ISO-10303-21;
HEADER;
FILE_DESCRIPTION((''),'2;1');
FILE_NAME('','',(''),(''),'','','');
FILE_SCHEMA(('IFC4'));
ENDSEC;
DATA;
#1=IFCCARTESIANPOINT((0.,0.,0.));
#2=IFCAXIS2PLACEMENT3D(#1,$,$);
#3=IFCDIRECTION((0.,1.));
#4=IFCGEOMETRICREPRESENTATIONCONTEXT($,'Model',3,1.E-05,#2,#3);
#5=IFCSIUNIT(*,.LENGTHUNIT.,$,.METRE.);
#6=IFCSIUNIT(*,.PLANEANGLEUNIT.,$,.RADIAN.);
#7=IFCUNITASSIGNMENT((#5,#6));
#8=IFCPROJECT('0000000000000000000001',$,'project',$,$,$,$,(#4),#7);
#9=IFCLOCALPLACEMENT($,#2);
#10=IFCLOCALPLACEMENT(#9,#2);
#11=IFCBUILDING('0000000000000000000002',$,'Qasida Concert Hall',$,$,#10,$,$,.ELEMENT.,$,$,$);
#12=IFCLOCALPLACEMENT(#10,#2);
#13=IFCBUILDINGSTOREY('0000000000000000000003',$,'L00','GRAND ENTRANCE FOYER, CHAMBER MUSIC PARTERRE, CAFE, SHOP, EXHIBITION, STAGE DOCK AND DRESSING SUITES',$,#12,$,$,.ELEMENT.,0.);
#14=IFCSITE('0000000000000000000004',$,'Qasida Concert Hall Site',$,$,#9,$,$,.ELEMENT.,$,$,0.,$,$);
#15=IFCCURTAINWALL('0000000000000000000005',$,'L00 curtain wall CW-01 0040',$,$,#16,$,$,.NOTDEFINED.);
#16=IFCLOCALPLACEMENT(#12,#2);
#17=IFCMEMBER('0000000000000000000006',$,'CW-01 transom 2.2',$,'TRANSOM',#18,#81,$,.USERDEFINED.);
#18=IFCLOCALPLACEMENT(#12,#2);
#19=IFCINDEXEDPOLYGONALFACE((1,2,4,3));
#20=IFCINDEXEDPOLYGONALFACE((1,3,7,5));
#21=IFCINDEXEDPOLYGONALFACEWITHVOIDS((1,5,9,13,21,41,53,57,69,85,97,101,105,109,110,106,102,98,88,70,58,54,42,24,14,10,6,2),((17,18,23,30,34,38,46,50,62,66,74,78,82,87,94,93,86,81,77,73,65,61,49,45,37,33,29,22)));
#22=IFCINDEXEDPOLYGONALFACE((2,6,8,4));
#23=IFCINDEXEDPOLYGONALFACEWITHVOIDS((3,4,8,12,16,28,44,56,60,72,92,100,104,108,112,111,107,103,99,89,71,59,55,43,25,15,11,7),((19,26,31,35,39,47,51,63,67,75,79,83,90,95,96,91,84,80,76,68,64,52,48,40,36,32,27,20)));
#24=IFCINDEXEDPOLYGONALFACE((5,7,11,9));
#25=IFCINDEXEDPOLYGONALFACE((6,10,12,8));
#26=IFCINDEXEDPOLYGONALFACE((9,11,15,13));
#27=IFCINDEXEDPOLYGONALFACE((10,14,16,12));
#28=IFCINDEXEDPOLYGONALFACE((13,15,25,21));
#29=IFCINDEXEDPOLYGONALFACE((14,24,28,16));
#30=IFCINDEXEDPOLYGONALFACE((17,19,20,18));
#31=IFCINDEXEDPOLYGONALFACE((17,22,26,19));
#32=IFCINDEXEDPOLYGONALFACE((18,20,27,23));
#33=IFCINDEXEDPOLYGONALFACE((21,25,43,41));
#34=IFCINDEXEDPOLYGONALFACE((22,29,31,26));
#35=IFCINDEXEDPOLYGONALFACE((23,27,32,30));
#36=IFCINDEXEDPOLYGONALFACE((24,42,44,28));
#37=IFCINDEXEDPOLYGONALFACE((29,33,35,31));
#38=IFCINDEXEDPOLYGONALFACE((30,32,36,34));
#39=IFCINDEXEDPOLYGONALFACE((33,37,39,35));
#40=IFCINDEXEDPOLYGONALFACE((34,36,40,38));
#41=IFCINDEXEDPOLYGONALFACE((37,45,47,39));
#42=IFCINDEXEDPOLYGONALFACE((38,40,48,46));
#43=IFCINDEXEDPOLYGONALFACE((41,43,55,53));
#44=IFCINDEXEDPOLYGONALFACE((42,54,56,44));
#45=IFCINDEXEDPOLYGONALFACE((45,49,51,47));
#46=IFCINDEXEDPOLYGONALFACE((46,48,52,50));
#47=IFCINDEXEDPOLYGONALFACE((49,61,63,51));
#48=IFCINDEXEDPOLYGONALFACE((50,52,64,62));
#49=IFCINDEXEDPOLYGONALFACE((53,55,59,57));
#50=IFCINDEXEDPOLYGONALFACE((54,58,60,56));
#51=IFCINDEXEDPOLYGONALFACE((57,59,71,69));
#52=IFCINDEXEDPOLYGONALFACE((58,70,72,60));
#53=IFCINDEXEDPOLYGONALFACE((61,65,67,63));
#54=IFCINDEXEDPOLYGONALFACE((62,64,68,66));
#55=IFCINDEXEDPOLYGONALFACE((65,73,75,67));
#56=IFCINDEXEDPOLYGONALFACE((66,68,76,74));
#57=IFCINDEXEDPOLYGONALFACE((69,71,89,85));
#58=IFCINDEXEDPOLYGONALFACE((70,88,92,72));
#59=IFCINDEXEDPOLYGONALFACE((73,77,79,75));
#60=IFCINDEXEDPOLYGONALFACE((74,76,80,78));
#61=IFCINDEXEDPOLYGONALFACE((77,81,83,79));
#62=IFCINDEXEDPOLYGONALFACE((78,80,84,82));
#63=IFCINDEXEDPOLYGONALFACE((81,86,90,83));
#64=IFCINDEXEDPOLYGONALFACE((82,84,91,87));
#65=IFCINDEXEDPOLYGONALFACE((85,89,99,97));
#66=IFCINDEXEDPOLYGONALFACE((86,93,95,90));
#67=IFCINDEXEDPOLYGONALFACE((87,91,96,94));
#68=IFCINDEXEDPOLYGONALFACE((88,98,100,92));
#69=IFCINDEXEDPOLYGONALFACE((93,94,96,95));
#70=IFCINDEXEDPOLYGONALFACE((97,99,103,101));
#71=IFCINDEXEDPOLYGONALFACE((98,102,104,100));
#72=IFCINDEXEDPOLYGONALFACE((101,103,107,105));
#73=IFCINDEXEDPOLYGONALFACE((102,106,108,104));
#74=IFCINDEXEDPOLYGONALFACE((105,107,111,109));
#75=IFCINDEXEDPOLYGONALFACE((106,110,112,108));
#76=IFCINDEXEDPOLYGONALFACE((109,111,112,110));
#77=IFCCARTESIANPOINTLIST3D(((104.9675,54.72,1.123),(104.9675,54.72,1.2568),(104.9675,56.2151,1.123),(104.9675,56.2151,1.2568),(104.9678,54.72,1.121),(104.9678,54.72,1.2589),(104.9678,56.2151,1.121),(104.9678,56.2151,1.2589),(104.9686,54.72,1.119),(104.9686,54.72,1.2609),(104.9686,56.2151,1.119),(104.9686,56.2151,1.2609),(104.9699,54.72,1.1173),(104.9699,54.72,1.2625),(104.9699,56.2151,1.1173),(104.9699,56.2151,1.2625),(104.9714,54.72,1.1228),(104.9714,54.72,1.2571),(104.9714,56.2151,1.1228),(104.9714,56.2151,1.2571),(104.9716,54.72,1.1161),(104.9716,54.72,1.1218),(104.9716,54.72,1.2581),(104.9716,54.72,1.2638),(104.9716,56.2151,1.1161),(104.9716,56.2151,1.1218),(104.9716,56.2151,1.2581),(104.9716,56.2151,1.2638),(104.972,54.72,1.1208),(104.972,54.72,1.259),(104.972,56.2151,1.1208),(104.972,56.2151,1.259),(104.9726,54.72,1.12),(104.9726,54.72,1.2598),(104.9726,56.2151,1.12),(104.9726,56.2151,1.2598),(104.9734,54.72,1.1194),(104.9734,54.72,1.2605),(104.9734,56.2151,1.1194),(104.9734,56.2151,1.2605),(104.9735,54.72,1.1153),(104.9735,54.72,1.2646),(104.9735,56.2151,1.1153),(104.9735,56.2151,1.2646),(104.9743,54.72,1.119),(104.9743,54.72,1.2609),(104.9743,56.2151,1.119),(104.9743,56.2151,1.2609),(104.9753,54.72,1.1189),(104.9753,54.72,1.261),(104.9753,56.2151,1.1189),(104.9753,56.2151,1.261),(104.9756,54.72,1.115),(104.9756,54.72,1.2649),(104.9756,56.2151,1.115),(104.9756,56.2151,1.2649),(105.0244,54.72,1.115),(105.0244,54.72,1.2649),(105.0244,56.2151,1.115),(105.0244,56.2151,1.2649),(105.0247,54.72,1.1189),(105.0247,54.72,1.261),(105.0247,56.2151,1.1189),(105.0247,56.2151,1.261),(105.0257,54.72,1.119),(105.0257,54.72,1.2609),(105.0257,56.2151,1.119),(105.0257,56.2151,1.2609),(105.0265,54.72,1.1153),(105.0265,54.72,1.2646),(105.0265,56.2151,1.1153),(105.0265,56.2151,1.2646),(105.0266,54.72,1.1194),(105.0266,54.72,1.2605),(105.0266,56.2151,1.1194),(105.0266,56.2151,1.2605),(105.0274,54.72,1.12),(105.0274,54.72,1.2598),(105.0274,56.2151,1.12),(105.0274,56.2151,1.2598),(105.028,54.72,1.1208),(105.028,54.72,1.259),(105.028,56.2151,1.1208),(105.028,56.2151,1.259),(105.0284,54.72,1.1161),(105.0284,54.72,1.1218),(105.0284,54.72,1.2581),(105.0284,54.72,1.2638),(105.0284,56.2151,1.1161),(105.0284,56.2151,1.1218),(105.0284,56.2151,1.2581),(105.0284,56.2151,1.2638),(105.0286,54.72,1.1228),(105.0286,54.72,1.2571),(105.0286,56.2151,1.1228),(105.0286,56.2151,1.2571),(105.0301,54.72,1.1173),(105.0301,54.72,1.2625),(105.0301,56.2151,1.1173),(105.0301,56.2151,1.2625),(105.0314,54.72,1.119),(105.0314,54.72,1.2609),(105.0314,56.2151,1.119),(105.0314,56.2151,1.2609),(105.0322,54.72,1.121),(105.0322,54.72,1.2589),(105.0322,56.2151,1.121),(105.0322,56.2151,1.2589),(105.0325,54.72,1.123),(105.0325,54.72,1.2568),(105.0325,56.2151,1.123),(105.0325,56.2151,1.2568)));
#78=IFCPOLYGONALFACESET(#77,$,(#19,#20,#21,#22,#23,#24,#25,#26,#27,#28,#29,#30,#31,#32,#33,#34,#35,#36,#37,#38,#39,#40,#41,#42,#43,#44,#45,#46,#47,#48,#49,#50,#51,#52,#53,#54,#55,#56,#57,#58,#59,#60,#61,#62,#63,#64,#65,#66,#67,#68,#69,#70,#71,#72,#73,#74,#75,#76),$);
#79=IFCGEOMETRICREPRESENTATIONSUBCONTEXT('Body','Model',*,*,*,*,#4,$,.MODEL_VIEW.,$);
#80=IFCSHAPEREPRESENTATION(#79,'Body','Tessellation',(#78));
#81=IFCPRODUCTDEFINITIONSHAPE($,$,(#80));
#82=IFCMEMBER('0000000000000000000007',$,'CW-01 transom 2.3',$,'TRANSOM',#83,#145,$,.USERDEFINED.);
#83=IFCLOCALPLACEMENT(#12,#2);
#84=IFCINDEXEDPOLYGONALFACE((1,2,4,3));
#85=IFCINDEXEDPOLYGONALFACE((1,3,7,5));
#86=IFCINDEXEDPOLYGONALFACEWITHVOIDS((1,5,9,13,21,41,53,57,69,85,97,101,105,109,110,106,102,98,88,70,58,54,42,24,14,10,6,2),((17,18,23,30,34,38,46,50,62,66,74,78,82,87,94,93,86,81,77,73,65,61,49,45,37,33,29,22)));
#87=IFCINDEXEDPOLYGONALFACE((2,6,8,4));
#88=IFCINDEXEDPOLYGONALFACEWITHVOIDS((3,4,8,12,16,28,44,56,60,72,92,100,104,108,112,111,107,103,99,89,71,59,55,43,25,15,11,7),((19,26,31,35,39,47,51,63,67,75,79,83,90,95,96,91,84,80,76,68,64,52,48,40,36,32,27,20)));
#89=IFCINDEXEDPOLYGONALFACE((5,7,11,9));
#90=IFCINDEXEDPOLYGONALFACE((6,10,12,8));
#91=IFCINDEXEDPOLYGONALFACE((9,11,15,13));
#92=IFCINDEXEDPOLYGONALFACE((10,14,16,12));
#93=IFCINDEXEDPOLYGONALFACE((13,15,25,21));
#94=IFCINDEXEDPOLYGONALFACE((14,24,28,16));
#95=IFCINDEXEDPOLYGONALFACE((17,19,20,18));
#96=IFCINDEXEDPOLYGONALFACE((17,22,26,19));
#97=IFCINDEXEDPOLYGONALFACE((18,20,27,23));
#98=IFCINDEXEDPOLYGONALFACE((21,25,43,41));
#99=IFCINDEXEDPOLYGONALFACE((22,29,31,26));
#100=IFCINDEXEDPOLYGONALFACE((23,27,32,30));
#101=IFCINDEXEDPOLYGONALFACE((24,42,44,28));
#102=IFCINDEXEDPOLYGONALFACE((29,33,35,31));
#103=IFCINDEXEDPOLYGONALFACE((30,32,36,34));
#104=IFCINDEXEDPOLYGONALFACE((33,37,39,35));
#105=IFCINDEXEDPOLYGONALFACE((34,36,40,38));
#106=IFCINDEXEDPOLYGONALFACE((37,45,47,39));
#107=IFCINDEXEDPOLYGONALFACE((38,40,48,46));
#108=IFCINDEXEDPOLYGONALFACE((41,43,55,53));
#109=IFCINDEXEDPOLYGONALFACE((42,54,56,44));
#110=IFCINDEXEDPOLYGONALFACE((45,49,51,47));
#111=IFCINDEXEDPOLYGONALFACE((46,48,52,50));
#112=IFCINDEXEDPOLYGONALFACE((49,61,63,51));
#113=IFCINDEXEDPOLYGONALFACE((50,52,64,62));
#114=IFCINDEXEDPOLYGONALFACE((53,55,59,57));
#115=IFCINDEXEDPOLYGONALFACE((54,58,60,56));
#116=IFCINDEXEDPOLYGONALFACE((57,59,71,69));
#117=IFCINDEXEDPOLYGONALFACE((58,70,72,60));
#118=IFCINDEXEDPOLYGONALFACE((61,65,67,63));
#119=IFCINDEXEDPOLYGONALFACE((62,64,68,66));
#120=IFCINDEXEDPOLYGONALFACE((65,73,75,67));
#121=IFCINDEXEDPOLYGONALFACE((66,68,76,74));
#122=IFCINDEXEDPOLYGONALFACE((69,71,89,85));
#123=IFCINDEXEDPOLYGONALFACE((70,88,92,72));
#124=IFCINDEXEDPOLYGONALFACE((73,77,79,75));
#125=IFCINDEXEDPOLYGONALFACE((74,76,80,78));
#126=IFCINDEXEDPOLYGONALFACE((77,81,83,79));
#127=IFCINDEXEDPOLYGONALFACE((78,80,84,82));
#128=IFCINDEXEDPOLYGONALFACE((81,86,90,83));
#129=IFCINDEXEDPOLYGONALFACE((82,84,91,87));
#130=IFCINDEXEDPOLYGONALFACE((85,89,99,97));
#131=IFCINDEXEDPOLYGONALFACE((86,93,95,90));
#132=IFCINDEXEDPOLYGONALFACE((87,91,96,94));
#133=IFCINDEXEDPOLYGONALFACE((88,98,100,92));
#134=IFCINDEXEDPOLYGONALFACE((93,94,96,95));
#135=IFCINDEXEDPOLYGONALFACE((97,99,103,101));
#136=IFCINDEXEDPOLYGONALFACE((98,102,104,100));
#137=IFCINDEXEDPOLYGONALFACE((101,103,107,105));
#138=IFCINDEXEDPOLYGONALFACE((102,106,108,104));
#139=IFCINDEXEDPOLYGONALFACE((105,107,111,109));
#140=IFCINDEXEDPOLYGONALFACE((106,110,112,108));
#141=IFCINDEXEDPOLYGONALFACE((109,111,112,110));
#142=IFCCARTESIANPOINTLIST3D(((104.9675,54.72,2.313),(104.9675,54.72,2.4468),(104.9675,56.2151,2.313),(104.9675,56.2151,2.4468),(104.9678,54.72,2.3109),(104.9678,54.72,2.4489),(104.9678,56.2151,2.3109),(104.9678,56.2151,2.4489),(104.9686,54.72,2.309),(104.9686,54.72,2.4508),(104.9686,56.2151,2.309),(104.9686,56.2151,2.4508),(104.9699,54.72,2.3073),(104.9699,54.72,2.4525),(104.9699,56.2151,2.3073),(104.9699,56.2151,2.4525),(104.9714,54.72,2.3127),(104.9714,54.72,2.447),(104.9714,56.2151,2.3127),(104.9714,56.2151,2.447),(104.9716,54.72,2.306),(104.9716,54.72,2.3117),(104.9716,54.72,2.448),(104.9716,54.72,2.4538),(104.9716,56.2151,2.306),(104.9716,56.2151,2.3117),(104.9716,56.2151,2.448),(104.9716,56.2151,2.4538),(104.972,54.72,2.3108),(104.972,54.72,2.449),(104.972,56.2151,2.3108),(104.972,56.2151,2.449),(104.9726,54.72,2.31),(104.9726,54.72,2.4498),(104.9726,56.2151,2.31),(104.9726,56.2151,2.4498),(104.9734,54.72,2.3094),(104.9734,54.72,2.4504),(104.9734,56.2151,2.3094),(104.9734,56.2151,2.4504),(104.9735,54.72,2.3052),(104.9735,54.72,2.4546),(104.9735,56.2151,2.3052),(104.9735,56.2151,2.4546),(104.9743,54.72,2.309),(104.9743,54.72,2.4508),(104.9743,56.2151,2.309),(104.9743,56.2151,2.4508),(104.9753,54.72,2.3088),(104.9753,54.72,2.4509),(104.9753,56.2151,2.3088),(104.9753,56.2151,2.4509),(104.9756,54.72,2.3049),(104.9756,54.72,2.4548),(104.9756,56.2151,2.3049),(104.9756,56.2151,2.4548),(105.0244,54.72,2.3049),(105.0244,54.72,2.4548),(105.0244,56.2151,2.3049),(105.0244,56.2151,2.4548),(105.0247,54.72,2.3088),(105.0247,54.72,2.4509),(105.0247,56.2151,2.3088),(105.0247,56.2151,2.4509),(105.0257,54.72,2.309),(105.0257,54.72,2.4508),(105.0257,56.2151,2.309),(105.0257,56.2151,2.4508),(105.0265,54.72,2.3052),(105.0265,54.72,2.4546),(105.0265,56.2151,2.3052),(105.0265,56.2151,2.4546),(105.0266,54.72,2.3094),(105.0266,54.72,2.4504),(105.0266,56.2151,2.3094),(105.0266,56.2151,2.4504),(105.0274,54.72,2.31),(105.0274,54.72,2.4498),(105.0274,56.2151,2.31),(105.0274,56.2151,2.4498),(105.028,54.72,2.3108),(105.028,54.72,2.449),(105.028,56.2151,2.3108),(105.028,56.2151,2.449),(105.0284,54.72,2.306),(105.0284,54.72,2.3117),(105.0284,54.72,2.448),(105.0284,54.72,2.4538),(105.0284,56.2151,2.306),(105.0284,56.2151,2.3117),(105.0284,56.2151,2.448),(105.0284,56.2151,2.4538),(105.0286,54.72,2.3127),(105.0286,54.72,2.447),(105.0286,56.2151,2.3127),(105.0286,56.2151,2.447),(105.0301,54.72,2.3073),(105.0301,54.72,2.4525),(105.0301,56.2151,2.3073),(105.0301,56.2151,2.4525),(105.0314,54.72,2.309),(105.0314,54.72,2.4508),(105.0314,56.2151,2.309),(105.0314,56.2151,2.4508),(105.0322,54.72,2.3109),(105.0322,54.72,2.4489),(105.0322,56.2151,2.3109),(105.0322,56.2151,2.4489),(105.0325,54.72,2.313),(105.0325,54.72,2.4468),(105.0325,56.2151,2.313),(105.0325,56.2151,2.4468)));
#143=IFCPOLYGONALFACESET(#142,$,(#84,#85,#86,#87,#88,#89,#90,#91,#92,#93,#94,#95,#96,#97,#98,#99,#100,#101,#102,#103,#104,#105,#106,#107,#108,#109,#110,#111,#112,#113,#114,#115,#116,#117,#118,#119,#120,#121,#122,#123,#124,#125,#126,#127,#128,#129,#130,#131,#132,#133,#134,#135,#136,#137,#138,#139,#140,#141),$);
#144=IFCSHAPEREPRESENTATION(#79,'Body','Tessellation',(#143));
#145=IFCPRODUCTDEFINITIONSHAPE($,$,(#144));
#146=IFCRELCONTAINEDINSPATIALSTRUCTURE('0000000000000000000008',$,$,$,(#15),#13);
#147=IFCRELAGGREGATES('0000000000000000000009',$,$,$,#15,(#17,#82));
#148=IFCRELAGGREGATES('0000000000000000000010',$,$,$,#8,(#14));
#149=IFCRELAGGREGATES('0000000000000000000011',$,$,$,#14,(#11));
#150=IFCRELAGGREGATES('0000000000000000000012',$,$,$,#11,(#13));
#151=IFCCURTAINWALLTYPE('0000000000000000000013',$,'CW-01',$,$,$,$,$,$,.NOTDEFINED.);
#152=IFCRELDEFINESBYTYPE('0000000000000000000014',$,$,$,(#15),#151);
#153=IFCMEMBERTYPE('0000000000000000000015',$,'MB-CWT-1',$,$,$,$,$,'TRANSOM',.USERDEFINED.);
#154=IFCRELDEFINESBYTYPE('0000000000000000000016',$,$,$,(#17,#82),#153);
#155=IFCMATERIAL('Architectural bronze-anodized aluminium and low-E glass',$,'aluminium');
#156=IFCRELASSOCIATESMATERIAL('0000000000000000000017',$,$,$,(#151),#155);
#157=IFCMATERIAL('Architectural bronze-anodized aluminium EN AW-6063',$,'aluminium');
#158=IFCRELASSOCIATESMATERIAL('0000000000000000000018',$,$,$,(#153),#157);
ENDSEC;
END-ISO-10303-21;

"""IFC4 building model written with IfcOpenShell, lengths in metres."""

from ifc_helpers import new_model, si_unit, direction, frame, origin, origin_2d, place, context, subcontext, project, spatial, hollow_rectangle, extrude, material, material_profile, profile_set, type_object, element, aggregate, save


model = new_model("IFC4")

# Units and contexts
model_context = context("Model", 3, precision=1e-05, world=origin(), true_north=direction((0.0, 1.0)))
body_context = subcontext(model_context, "Body", "Model", "MODEL_VIEW")
ifc_project = project(units=[si_unit("LENGTHUNIT", "METRE"), si_unit("PLANEANGLEUNIT", "RADIAN")], contexts=[model_context])

# Site, building, storey
site_placement = place(None, origin())
site = spatial("IfcSite", under=ifc_project, at=site_placement, Name="Qasida Concert Hall Site", CompositionType="ELEMENT", RefElevation=0.0)
building_placement = place(site_placement, origin())
building = spatial("IfcBuilding", under=site, at=building_placement, Name="Qasida Concert Hall", CompositionType="ELEMENT")
storey_placement = place(building_placement, origin())
storey = spatial("IfcBuildingStorey", under=building, at=storey_placement, Name="L00", Description="GRAND ENTRANCE FOYER, CHAMBER MUSIC PARTERRE, CAFE, SHOP, EXHIBITION, STAGE DOCK AND DRESSING SUITES", CompositionType="ELEMENT", Elevation=0.0)

# Curtain wall, members
ifc_material_1 = material(Name="Architectural bronze-anodized aluminium and low-E glass", Category="aluminium")
curtain_wall_type = type_object("IfcCurtainWallType", Name="CW-01", PredefinedType="NOTDEFINED", material=ifc_material_1)
curtain_wall_placement = place(storey_placement, origin())
curtain_wall = element("IfcCurtainWall", 1, at=curtain_wall_placement, inside=storey, type_object=curtain_wall_type, Name="L00 curtain wall CW-01 0040", PredefinedType="NOTDEFINED")
ifc_material_2 = material(Name="Architectural bronze-anodized aluminium EN AW-6063", Category="aluminium")
ifc_material_profile_1 = material_profile(ifc_material_2, hollow_rectangle(XDim=0.0649, YDim=0.1499, WallThickness=0.0039, InnerFilletRadius=0.0039, OuterFilletRadius=0.0081, at=origin_2d()), Name="CWT 150x65x4")
ifc_profile_set_1 = profile_set([ifc_material_profile_1], Name="Architectural bronze-anodized aluminium EN AW-6063")
member_type_1 = type_object("IfcMemberType", Name="MB-CWT-1", ElementType="TRANSOM", PredefinedType="USERDEFINED", material=ifc_profile_set_1)
member_1_placement = place(storey_placement, frame((105.0, 54.72, 1.1899), z_axis=(0.0, 1.0, 0.0), x_axis=(-1.0, 0.0, 0.0)))
member_1 = element("IfcMember", 2, at=member_1_placement, type_object=member_type_1, Name="CW-01 transom 2.2", ObjectType="TRANSOM", PredefinedType="USERDEFINED", context=body_context, shape_type="SweptSolid", body=[
    extrude(hollow_rectangle(XDim=0.0649, YDim=0.1499, WallThickness=0.0039, InnerFilletRadius=0.0039, OuterFilletRadius=0.0081, at=origin_2d()), origin(), (0.0, 0.0, 1.0), 1.4951),
])
member_2_placement = place(storey_placement, frame((105.0, 54.72, 2.3799), z_axis=(0.0, 1.0, 0.0), x_axis=(-1.0, 0.0, 0.0)))
member_2 = element("IfcMember", 3, at=member_2_placement, type_object=member_type_1, Name="CW-01 transom 2.3", ObjectType="TRANSOM", PredefinedType="USERDEFINED", context=body_context, shape_type="SweptSolid", body=[
    extrude(hollow_rectangle(XDim=0.0649, YDim=0.1499, WallThickness=0.0039, InnerFilletRadius=0.0039, OuterFilletRadius=0.0081, at=origin_2d()), origin(), (0.0, 0.0, 1.0), 1.4951),
])
aggregate(curtain_wall, [member_1, member_2])

save(model, "model.ifc")
